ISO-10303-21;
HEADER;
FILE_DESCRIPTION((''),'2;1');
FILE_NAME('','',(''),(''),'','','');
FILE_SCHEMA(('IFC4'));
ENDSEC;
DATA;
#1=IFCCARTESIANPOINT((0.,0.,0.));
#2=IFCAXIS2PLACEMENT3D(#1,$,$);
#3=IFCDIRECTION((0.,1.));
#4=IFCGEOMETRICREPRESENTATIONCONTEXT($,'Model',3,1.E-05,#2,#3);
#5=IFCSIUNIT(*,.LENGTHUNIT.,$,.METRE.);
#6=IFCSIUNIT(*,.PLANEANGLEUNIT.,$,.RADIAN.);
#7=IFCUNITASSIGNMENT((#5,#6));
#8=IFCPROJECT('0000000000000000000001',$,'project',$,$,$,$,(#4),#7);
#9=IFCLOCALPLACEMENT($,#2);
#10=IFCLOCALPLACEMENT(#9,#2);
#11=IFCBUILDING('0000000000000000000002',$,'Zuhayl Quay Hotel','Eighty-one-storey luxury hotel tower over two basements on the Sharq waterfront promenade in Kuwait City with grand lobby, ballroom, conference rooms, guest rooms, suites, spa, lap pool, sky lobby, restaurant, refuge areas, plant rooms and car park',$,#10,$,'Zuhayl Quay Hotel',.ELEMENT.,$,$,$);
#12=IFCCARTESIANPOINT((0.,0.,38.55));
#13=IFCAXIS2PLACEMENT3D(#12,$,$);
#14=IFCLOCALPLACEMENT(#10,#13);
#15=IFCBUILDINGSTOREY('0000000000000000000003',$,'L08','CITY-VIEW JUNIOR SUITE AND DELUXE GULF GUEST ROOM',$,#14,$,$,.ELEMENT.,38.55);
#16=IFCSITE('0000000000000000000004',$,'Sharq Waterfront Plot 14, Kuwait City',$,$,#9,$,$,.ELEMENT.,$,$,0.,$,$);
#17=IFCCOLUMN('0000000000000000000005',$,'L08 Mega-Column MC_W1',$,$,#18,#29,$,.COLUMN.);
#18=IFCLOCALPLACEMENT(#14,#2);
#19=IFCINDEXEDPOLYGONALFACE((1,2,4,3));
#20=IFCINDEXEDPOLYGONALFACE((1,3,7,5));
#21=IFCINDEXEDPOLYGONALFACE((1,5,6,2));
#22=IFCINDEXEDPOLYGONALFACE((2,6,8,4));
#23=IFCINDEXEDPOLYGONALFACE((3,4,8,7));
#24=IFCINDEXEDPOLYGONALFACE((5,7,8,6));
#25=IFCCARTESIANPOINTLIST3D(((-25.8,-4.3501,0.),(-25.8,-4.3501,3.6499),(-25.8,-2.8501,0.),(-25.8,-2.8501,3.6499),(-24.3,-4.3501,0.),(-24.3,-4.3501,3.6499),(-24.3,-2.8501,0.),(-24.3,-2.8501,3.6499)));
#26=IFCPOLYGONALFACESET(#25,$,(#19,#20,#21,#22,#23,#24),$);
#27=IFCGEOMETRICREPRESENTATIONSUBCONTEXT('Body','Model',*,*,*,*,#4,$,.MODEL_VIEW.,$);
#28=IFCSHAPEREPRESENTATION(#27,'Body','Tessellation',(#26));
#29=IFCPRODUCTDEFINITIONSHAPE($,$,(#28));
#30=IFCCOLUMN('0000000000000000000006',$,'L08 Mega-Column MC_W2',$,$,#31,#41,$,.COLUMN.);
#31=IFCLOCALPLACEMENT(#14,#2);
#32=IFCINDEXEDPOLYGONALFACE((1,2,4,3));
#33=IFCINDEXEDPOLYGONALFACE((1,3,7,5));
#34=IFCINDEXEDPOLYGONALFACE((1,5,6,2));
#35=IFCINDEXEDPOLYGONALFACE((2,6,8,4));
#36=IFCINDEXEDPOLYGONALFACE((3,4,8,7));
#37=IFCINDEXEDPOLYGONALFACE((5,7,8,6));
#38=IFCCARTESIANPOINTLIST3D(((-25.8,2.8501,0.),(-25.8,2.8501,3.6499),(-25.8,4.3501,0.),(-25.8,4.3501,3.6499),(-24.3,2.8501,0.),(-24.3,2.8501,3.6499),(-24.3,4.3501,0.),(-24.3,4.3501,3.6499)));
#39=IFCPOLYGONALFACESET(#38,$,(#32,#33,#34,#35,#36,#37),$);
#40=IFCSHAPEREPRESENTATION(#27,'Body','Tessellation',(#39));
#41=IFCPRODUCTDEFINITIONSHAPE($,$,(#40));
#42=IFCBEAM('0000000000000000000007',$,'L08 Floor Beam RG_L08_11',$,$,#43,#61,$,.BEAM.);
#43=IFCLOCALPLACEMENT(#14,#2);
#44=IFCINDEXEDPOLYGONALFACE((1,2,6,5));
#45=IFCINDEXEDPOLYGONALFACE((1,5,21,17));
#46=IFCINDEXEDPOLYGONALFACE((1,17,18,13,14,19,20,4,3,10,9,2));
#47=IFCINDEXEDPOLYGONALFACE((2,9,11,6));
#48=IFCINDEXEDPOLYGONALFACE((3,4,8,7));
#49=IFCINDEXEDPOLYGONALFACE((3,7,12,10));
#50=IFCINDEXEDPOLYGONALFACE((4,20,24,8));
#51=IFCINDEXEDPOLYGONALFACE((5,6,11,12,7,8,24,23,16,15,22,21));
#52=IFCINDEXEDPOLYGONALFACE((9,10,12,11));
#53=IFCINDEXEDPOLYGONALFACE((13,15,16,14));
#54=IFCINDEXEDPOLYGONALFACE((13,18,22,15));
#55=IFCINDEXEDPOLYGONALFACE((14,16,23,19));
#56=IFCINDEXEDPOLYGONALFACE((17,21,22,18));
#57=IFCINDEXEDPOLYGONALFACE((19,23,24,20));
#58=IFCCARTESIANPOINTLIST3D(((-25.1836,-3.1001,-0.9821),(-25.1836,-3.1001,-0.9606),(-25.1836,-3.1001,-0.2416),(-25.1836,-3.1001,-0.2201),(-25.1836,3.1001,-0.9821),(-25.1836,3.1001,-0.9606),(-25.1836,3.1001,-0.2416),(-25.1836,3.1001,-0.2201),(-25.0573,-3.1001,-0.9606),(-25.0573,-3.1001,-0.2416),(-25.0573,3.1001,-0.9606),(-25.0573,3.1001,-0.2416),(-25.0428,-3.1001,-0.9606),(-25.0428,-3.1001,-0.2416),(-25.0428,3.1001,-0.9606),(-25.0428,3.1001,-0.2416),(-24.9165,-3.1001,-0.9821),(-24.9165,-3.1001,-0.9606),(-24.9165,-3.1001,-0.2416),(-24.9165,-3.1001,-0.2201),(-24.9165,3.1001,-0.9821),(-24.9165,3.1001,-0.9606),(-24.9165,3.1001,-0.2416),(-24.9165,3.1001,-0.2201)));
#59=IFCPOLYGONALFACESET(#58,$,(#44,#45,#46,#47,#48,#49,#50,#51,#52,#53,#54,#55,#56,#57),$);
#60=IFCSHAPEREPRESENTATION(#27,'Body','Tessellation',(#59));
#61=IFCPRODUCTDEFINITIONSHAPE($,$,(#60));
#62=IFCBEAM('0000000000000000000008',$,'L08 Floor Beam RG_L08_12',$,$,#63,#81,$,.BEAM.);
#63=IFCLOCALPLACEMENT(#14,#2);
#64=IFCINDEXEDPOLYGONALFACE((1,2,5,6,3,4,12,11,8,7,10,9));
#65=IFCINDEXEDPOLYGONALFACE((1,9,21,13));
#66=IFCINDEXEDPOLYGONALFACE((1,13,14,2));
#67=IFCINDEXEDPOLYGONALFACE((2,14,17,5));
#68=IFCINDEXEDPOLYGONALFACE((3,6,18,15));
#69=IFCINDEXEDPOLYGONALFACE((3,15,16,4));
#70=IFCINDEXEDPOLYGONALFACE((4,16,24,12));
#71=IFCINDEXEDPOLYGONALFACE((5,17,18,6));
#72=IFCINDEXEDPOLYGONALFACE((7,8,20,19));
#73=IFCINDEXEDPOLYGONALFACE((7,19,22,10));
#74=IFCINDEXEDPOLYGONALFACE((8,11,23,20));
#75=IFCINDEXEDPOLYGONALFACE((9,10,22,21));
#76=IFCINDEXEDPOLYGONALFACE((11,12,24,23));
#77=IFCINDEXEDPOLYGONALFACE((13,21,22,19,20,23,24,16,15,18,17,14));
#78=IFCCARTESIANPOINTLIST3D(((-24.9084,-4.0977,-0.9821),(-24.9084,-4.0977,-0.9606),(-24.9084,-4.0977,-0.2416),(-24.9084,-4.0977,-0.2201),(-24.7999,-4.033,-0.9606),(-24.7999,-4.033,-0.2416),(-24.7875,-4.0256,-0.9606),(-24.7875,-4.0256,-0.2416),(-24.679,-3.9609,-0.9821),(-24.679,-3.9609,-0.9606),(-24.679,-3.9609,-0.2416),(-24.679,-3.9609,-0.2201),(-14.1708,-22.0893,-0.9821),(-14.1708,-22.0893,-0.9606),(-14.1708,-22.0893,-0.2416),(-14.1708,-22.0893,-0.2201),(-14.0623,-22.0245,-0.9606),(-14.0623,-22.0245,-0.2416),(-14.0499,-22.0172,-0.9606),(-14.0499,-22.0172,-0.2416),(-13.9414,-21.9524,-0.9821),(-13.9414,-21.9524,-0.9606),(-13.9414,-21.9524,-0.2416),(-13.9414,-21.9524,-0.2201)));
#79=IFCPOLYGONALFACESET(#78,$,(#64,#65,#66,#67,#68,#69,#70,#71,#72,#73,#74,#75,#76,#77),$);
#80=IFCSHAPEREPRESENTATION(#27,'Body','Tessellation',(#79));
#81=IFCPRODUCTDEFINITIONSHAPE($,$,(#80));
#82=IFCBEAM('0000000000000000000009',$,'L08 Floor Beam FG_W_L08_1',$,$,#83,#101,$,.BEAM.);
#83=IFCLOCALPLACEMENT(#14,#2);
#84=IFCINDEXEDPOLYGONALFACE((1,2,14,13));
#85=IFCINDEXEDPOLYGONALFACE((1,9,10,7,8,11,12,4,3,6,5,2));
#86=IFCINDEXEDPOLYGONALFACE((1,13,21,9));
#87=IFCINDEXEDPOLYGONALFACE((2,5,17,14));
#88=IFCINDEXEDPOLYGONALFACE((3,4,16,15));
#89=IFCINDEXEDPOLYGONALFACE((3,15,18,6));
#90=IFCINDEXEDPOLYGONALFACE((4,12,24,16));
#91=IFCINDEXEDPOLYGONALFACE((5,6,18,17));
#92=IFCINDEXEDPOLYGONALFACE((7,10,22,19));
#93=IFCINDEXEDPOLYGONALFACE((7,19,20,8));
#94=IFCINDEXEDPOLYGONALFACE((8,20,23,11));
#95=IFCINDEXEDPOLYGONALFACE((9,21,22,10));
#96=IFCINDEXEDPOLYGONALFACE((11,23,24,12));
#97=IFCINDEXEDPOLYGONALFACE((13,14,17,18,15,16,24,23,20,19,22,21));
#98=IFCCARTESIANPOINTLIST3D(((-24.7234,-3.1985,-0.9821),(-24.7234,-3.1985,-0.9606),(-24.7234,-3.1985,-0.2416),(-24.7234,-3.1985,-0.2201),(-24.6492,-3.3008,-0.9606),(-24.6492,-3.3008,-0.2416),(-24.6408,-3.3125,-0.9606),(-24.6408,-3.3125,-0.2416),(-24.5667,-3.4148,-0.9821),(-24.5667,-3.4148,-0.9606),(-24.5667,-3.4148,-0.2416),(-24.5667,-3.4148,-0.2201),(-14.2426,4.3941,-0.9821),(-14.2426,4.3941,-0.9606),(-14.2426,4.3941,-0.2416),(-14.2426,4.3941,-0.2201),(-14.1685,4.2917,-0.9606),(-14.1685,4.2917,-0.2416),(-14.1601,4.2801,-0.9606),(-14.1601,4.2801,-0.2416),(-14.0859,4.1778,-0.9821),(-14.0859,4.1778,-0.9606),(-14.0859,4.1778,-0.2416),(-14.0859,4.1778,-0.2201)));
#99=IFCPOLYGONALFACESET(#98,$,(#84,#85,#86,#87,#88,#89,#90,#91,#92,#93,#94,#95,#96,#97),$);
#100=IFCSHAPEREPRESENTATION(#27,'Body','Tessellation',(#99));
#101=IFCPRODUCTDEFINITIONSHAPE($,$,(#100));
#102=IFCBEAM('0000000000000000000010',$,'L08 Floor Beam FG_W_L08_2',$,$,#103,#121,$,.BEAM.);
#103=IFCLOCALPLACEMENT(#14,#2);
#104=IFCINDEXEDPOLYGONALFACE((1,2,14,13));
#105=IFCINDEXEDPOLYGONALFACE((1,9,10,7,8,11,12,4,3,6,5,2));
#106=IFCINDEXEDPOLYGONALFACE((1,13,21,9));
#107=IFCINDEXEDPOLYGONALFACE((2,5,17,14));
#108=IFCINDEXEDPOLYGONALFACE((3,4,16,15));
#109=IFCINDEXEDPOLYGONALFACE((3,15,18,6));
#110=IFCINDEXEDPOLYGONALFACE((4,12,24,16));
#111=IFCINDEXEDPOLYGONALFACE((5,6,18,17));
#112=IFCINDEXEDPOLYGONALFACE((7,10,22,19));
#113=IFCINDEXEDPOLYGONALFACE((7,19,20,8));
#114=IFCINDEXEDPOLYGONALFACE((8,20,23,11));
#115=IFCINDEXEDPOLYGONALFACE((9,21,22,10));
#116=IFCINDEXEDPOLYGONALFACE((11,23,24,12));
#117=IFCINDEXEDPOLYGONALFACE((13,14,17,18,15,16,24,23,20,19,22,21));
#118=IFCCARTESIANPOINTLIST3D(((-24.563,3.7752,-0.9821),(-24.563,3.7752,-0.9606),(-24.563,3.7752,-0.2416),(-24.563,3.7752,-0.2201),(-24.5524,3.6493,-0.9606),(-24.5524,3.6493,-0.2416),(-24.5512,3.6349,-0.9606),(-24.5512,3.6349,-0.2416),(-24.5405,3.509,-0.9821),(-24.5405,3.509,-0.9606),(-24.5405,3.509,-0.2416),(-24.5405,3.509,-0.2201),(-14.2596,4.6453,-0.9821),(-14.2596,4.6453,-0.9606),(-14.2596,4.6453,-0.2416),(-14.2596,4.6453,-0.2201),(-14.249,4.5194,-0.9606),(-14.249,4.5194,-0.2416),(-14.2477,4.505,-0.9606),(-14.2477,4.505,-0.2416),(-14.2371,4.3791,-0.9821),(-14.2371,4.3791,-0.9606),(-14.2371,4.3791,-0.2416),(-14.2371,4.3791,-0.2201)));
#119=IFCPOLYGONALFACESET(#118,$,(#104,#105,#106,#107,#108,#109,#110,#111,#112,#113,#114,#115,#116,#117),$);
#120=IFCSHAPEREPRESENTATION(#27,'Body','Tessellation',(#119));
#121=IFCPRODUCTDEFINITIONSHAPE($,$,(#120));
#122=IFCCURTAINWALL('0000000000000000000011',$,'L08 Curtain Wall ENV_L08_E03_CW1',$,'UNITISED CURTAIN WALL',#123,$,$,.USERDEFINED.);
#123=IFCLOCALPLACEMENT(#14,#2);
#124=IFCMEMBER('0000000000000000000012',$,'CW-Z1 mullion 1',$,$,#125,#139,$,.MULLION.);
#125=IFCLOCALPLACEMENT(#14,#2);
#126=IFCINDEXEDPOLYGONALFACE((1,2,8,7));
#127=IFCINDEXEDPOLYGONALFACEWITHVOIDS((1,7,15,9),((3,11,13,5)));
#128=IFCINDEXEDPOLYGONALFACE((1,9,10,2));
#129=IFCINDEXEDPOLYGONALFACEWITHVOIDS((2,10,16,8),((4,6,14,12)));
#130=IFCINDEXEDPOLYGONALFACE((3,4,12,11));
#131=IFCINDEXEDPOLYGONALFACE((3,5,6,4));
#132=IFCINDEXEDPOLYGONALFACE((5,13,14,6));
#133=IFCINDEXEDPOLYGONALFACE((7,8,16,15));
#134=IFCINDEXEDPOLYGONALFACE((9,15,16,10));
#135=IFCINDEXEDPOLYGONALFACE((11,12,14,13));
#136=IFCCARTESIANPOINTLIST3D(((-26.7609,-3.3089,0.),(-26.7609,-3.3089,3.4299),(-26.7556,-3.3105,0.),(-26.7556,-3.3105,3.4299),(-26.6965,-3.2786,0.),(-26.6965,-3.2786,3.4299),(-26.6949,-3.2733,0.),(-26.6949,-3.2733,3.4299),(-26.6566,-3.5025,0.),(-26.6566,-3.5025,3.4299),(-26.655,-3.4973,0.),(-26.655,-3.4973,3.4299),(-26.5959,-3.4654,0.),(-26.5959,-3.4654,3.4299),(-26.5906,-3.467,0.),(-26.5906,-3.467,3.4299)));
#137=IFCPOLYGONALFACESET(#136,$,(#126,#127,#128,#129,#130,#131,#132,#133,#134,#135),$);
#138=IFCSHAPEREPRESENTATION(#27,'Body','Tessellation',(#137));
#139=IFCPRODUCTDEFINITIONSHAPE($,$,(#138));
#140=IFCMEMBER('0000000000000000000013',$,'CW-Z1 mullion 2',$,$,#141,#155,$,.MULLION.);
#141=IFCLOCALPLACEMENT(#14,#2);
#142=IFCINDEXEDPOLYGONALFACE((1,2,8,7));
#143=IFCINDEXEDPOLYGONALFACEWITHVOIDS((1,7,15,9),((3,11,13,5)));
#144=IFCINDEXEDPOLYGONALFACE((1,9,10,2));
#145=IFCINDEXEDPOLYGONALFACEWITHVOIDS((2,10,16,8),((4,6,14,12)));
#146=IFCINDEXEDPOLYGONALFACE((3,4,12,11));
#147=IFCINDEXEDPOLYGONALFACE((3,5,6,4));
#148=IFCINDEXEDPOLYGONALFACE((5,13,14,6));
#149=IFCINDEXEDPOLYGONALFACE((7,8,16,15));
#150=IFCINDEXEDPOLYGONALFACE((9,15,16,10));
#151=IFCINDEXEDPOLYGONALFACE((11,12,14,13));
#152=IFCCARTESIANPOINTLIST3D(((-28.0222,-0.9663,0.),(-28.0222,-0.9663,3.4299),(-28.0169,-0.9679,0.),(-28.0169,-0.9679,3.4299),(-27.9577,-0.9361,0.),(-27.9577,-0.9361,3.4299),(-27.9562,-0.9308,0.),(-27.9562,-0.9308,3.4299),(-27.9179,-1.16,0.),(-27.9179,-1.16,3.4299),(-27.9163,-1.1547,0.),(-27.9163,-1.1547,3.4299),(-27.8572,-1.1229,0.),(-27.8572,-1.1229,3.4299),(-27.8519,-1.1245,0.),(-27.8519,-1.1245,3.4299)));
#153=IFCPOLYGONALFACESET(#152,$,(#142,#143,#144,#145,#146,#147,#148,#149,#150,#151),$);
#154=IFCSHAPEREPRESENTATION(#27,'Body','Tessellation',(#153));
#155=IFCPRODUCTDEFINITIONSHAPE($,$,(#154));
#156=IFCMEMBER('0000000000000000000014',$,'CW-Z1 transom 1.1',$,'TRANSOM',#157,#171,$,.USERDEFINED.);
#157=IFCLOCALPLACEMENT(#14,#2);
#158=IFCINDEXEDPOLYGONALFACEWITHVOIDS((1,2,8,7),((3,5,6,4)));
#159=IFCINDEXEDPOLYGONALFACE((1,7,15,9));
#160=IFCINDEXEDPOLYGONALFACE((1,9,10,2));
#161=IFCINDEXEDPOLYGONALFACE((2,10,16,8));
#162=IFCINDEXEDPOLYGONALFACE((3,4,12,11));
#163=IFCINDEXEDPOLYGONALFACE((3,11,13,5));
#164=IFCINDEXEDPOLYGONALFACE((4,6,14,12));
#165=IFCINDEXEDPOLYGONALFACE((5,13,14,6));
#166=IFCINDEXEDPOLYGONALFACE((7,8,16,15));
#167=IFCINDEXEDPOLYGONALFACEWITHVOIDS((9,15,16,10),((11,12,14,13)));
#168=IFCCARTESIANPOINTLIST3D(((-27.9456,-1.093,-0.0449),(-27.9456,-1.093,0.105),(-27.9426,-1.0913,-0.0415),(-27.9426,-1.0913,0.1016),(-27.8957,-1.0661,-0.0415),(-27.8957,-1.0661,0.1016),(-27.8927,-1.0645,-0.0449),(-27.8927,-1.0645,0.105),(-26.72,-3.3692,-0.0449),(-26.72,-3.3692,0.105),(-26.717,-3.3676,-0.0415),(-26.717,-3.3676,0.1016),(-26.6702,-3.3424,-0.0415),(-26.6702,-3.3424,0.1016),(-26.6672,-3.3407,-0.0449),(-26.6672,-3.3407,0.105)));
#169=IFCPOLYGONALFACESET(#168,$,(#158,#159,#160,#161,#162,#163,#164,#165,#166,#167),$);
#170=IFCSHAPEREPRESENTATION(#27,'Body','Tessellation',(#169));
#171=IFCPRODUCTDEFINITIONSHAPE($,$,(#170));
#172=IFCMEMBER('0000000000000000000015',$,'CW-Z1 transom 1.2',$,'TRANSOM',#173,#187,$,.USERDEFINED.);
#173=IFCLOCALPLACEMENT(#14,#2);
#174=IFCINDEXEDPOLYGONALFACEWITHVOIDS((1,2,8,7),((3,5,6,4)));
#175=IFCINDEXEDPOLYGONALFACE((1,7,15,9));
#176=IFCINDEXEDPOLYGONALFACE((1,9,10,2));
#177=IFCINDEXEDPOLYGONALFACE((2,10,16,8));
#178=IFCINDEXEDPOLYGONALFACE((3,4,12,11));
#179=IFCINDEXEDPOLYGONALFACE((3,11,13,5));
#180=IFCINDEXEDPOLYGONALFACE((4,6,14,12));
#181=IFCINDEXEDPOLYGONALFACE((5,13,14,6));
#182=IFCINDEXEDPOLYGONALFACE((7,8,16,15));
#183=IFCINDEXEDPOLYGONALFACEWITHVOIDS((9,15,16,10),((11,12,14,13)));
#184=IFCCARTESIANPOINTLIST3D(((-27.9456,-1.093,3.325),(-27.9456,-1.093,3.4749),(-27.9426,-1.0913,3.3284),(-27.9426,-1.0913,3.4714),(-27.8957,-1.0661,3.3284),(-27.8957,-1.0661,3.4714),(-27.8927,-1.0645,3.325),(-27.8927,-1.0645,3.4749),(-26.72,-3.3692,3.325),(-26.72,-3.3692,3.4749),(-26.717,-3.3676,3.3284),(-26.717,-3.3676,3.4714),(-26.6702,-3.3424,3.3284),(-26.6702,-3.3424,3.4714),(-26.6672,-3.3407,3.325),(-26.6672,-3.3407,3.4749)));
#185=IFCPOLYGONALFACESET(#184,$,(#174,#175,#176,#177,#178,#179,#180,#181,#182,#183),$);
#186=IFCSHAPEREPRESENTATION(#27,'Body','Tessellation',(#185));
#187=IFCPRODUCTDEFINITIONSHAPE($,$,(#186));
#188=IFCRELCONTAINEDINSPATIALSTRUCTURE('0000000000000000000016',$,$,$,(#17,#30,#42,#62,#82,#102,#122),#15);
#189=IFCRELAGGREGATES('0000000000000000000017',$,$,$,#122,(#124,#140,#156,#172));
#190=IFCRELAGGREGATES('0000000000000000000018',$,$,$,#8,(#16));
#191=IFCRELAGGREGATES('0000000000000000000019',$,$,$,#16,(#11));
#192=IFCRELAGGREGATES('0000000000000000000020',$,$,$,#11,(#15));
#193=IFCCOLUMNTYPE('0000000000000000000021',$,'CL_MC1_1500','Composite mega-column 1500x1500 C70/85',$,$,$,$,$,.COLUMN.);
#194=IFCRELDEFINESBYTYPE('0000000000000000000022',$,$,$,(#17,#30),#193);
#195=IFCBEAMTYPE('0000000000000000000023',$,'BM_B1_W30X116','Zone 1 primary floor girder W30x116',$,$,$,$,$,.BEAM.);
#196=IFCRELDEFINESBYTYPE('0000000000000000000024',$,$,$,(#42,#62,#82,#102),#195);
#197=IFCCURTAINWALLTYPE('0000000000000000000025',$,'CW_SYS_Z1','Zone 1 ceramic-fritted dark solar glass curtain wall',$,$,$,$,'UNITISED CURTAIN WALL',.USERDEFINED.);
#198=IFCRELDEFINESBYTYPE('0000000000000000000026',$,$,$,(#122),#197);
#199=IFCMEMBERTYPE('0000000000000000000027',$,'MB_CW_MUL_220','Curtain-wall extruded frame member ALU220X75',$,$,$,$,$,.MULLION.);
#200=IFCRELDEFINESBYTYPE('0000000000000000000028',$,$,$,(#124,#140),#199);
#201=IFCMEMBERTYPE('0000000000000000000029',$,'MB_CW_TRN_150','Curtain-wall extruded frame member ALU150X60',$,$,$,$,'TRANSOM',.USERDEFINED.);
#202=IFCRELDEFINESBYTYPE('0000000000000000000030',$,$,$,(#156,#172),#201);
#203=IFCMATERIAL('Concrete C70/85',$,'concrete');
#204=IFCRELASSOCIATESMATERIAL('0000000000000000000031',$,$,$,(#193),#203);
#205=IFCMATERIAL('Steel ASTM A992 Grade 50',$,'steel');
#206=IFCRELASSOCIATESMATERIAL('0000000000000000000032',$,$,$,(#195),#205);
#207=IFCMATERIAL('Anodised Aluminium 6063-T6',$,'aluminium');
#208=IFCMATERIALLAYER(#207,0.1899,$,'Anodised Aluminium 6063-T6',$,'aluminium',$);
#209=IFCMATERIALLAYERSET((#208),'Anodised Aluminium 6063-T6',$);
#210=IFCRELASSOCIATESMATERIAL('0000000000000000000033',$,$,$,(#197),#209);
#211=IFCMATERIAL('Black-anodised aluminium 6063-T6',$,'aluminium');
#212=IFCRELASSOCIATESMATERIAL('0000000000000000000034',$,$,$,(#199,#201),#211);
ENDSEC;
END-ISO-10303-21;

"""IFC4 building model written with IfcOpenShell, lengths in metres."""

from ifc_helpers import new_model, si_unit, direction, frame, origin, origin_2d, place, context, subcontext, project, spatial, rectangle, hollow_rectangle, i_section, extrude, material, layer, layer_set, material_profile, profile_set, type_object, element, aggregate, save


model = new_model("IFC4")

# Units and contexts
model_context = context("Model", 3, precision=1e-05, world=origin(), true_north=direction((0.0, 1.0)))
body_context = subcontext(model_context, "Body", "Model", "MODEL_VIEW")
ifc_project = project(units=[si_unit("LENGTHUNIT", "METRE"), si_unit("PLANEANGLEUNIT", "RADIAN")], contexts=[model_context])

# Site, building, storey
site_placement = place(None, origin())
site = spatial("IfcSite", under=ifc_project, at=site_placement, Name="Sharq Waterfront Plot 14, Kuwait City", CompositionType="ELEMENT", RefElevation=0.0)
building_placement = place(site_placement, origin())
building = spatial("IfcBuilding", under=site, at=building_placement, Name="Zuhayl Quay Hotel", Description="Eighty-one-storey luxury hotel tower over two basements on the Sharq waterfront promenade in Kuwait City with grand lobby, ballroom, conference rooms, guest rooms, suites, spa, lap pool, sky lobby, restaurant, refuge areas, plant rooms and car park", LongName="Zuhayl Quay Hotel", CompositionType="ELEMENT")
storey_placement = place(building_placement, frame((0.0, 0.0, 38.55)))
storey = spatial("IfcBuildingStorey", under=building, at=storey_placement, Name="L08", Description="CITY-VIEW JUNIOR SUITE AND DELUXE GULF GUEST ROOM", CompositionType="ELEMENT", Elevation=38.55)

# Columns
ifc_material_1 = material(Name="Concrete C70/85", Category="concrete")
ifc_material_profile_1 = material_profile(ifc_material_1, rectangle(XDim=1.5, YDim=1.5, at=origin_2d()), Name="RC1500X1500")
ifc_profile_set_1 = profile_set([ifc_material_profile_1], Name="Concrete C70/85")
column_type = type_object("IfcColumnType", Name="CL_MC1_1500", Description="Composite mega-column 1500x1500 C70/85", PredefinedType="COLUMN", material=ifc_profile_set_1)
for number, where, z_axis, x_axis, name in (
    (1, (-25.05, -3.6001, 0.0), (0.0, 0.0, 1.0), (1.0, 0.0, 0.0), "L08 Mega-Column MC_W1"),
    (2, (-25.05, 3.6001, 0.0), (0.0, 0.0, 1.0), (1.0, 0.0, 0.0), "L08 Mega-Column MC_W2"),
):
    element("IfcColumn", number, at=place(storey_placement, frame(where, z_axis=z_axis, x_axis=x_axis)), inside=storey, type_object=column_type, Name=name, PredefinedType="COLUMN", context=body_context, shape_type="SweptSolid", body=[
        extrude(rectangle(XDim=1.5, YDim=1.5, at=origin_2d()), origin(), (0.0, 0.0, 1.0), 3.6499),
    ])

# Beams
ifc_material_2 = material(Name="Steel ASTM A992 Grade 50", Category="steel")
ifc_material_profile_2 = material_profile(ifc_material_2, i_section(OverallWidth=0.2671, OverallDepth=0.762, WebThickness=0.0144, FlangeThickness=0.0215, at=origin_2d()), Name="W30X116")
ifc_profile_set_2 = profile_set([ifc_material_profile_2], Name="Steel ASTM A992 Grade 50")
beam_type = type_object("IfcBeamType", Name="BM_B1_W30X116", Description="Zone 1 primary floor girder W30x116", PredefinedType="BEAM", material=ifc_profile_set_2)
beam_1_placement = place(storey_placement, frame((-25.05, 3.1001, -0.6011), z_axis=(0.0, -1.0, 0.0), x_axis=(1.0, 0.0, 0.0)))
element("IfcBeam", 3, at=beam_1_placement, inside=storey, type_object=beam_type, Name="L08 Floor Beam RG_L08_11", PredefinedType="BEAM", context=body_context, shape_type="SweptSolid", body=[
    extrude(i_section(OverallWidth=0.2671, OverallDepth=0.762, WebThickness=0.0144, FlangeThickness=0.0215, at=origin_2d()), origin(), (0.0, 0.0, 1.0), 6.2002),
])
beam_2_placement = place(storey_placement, frame((-24.7937, -4.0293, -0.6011), z_axis=(0.512483, -0.858698, 0.0), x_axis=(0.858698, 0.512483, 0.0)))
element("IfcBeam", 4, at=beam_2_placement, inside=storey, type_object=beam_type, Name="L08 Floor Beam RG_L08_12", PredefinedType="BEAM", context=body_context, shape_type="SweptSolid", body=[
    extrude(i_section(OverallWidth=0.2671, OverallDepth=0.762, WebThickness=0.0144, FlangeThickness=0.0215, at=origin_2d()), origin(), (0.0, 0.0, 1.0), 20.9521),
])
beam_3_placement = place(storey_placement, frame((-24.645, -3.3066, -0.6011), z_axis=(0.80983, 0.586664, 0.0), x_axis=(-0.586664, 0.80983, 0.0)))
element("IfcBeam", 5, at=beam_3_placement, inside=storey, type_object=beam_type, Name="L08 Floor Beam FG_W_L08_1", PredefinedType="BEAM", context=body_context, shape_type="SweptSolid", body=[
    extrude(i_section(OverallWidth=0.2671, OverallDepth=0.762, WebThickness=0.0144, FlangeThickness=0.0215, at=origin_2d()), origin(), (0.0, 0.0, 1.0), 12.9419),
])
beam_4_placement = place(storey_placement, frame((-24.5518, 3.6421, -0.6011), z_axis=(0.996453, 0.084149, 0.0), x_axis=(-0.084149, 0.996453, 0.0)))
element("IfcBeam", 6, at=beam_4_placement, inside=storey, type_object=beam_type, Name="L08 Floor Beam FG_W_L08_2", PredefinedType="BEAM", context=body_context, shape_type="SweptSolid", body=[
    extrude(i_section(OverallWidth=0.2671, OverallDepth=0.762, WebThickness=0.0144, FlangeThickness=0.0215, at=origin_2d()), origin(), (0.0, 0.0, 1.0), 10.3401),
])

# Curtain wall, members
ifc_material_3 = material(Name="Anodised Aluminium 6063-T6", Category="aluminium")
ifc_layer_1 = layer(ifc_material_3, 0.1899, Name="Anodised Aluminium 6063-T6", Category="aluminium")
ifc_layer_set_1 = layer_set([ifc_layer_1], Name="Anodised Aluminium 6063-T6")
curtain_wall_type = type_object("IfcCurtainWallType", Name="CW_SYS_Z1", Description="Zone 1 ceramic-fritted dark solar glass curtain wall", ElementType="UNITISED CURTAIN WALL", PredefinedType="USERDEFINED", material=ifc_layer_set_1)
curtain_wall_placement = place(storey_placement, origin())
curtain_wall = element("IfcCurtainWall", 7, at=curtain_wall_placement, inside=storey, type_object=curtain_wall_type, Name="L08 Curtain Wall ENV_L08_E03_CW1", ObjectType="UNITISED CURTAIN WALL", PredefinedType="USERDEFINED")
ifc_material_4 = material(Name="Black-anodised aluminium 6063-T6", Category="aluminium")
ifc_material_profile_3 = material_profile(ifc_material_4, hollow_rectangle(XDim=0.075, YDim=0.22, WallThickness=0.0039, at=origin_2d()), Name="ALU220X75")
ifc_profile_set_3 = profile_set([ifc_material_profile_3], Name="Black-anodised aluminium 6063-T6")
member_type_1 = type_object("IfcMemberType", Name="MB_CW_MUL_220", Description="Curtain-wall extruded frame member ALU220X75", PredefinedType="MULLION", material=ifc_profile_set_3)
member_1_placement = place(storey_placement, frame((-26.6758, -3.3879, 0.0), z_axis=(0.0, 0.0, 1.0), x_axis=(-0.880476, -0.474091, 0.0)))
member_1 = element("IfcMember", 8, at=member_1_placement, type_object=member_type_1, Name="CW-Z1 mullion 1", PredefinedType="MULLION", context=body_context, shape_type="SweptSolid", body=[
    extrude(hollow_rectangle(XDim=0.075, YDim=0.22, WallThickness=0.0039, at=origin_2d()), origin(), (0.0, 0.0, 1.0), 3.4299),
])
member_2_placement = place(storey_placement, frame((-27.937, -1.0454, 0.0), z_axis=(0.0, 0.0, 1.0), x_axis=(-0.880476, -0.474091, 0.0)))
member_2 = element("IfcMember", 9, at=member_2_placement, type_object=member_type_1, Name="CW-Z1 mullion 2", PredefinedType="MULLION", context=body_context, shape_type="SweptSolid", body=[
    extrude(hollow_rectangle(XDim=0.075, YDim=0.22, WallThickness=0.0039, at=origin_2d()), origin(), (0.0, 0.0, 1.0), 3.4299),
])
ifc_material_profile_4 = material_profile(ifc_material_4, hollow_rectangle(XDim=0.0601, YDim=0.1499, WallThickness=0.0034, at=origin_2d()), Name="ALU150X60")
ifc_profile_set_4 = profile_set([ifc_material_profile_4], Name="Black-anodised aluminium 6063-T6")
member_type_2 = type_object("IfcMemberType", Name="MB_CW_TRN_150", Description="Curtain-wall extruded frame member ALU150X60", ElementType="TRANSOM", PredefinedType="USERDEFINED", material=ifc_profile_set_4)
member_3_placement = place(storey_placement, frame((-26.6936, -3.355, 0.03), z_axis=(-0.474055, 0.880495, 0.0), x_axis=(-0.880495, -0.474055, 0.0)))
member_3 = element("IfcMember", 10, at=member_3_placement, type_object=member_type_2, Name="CW-Z1 transom 1.1", ObjectType="TRANSOM", PredefinedType="USERDEFINED", context=body_context, shape_type="SweptSolid", body=[
    extrude(hollow_rectangle(XDim=0.0601, YDim=0.1499, WallThickness=0.0034, at=origin_2d()), origin(), (0.0, 0.0, 1.0), 2.5852),
])
member_4_placement = place(storey_placement, frame((-26.6936, -3.355, 3.3999), z_axis=(-0.474055, 0.880495, 0.0), x_axis=(-0.880495, -0.474055, 0.0)))
member_4 = element("IfcMember", 11, at=member_4_placement, type_object=member_type_2, Name="CW-Z1 transom 1.2", ObjectType="TRANSOM", PredefinedType="USERDEFINED", context=body_context, shape_type="SweptSolid", body=[
    extrude(hollow_rectangle(XDim=0.0601, YDim=0.1499, WallThickness=0.0034, at=origin_2d()), origin(), (0.0, 0.0, 1.0), 2.5852),
])
aggregate(curtain_wall, [member_1, member_2, member_3, member_4])

save(model, "model.ifc")
